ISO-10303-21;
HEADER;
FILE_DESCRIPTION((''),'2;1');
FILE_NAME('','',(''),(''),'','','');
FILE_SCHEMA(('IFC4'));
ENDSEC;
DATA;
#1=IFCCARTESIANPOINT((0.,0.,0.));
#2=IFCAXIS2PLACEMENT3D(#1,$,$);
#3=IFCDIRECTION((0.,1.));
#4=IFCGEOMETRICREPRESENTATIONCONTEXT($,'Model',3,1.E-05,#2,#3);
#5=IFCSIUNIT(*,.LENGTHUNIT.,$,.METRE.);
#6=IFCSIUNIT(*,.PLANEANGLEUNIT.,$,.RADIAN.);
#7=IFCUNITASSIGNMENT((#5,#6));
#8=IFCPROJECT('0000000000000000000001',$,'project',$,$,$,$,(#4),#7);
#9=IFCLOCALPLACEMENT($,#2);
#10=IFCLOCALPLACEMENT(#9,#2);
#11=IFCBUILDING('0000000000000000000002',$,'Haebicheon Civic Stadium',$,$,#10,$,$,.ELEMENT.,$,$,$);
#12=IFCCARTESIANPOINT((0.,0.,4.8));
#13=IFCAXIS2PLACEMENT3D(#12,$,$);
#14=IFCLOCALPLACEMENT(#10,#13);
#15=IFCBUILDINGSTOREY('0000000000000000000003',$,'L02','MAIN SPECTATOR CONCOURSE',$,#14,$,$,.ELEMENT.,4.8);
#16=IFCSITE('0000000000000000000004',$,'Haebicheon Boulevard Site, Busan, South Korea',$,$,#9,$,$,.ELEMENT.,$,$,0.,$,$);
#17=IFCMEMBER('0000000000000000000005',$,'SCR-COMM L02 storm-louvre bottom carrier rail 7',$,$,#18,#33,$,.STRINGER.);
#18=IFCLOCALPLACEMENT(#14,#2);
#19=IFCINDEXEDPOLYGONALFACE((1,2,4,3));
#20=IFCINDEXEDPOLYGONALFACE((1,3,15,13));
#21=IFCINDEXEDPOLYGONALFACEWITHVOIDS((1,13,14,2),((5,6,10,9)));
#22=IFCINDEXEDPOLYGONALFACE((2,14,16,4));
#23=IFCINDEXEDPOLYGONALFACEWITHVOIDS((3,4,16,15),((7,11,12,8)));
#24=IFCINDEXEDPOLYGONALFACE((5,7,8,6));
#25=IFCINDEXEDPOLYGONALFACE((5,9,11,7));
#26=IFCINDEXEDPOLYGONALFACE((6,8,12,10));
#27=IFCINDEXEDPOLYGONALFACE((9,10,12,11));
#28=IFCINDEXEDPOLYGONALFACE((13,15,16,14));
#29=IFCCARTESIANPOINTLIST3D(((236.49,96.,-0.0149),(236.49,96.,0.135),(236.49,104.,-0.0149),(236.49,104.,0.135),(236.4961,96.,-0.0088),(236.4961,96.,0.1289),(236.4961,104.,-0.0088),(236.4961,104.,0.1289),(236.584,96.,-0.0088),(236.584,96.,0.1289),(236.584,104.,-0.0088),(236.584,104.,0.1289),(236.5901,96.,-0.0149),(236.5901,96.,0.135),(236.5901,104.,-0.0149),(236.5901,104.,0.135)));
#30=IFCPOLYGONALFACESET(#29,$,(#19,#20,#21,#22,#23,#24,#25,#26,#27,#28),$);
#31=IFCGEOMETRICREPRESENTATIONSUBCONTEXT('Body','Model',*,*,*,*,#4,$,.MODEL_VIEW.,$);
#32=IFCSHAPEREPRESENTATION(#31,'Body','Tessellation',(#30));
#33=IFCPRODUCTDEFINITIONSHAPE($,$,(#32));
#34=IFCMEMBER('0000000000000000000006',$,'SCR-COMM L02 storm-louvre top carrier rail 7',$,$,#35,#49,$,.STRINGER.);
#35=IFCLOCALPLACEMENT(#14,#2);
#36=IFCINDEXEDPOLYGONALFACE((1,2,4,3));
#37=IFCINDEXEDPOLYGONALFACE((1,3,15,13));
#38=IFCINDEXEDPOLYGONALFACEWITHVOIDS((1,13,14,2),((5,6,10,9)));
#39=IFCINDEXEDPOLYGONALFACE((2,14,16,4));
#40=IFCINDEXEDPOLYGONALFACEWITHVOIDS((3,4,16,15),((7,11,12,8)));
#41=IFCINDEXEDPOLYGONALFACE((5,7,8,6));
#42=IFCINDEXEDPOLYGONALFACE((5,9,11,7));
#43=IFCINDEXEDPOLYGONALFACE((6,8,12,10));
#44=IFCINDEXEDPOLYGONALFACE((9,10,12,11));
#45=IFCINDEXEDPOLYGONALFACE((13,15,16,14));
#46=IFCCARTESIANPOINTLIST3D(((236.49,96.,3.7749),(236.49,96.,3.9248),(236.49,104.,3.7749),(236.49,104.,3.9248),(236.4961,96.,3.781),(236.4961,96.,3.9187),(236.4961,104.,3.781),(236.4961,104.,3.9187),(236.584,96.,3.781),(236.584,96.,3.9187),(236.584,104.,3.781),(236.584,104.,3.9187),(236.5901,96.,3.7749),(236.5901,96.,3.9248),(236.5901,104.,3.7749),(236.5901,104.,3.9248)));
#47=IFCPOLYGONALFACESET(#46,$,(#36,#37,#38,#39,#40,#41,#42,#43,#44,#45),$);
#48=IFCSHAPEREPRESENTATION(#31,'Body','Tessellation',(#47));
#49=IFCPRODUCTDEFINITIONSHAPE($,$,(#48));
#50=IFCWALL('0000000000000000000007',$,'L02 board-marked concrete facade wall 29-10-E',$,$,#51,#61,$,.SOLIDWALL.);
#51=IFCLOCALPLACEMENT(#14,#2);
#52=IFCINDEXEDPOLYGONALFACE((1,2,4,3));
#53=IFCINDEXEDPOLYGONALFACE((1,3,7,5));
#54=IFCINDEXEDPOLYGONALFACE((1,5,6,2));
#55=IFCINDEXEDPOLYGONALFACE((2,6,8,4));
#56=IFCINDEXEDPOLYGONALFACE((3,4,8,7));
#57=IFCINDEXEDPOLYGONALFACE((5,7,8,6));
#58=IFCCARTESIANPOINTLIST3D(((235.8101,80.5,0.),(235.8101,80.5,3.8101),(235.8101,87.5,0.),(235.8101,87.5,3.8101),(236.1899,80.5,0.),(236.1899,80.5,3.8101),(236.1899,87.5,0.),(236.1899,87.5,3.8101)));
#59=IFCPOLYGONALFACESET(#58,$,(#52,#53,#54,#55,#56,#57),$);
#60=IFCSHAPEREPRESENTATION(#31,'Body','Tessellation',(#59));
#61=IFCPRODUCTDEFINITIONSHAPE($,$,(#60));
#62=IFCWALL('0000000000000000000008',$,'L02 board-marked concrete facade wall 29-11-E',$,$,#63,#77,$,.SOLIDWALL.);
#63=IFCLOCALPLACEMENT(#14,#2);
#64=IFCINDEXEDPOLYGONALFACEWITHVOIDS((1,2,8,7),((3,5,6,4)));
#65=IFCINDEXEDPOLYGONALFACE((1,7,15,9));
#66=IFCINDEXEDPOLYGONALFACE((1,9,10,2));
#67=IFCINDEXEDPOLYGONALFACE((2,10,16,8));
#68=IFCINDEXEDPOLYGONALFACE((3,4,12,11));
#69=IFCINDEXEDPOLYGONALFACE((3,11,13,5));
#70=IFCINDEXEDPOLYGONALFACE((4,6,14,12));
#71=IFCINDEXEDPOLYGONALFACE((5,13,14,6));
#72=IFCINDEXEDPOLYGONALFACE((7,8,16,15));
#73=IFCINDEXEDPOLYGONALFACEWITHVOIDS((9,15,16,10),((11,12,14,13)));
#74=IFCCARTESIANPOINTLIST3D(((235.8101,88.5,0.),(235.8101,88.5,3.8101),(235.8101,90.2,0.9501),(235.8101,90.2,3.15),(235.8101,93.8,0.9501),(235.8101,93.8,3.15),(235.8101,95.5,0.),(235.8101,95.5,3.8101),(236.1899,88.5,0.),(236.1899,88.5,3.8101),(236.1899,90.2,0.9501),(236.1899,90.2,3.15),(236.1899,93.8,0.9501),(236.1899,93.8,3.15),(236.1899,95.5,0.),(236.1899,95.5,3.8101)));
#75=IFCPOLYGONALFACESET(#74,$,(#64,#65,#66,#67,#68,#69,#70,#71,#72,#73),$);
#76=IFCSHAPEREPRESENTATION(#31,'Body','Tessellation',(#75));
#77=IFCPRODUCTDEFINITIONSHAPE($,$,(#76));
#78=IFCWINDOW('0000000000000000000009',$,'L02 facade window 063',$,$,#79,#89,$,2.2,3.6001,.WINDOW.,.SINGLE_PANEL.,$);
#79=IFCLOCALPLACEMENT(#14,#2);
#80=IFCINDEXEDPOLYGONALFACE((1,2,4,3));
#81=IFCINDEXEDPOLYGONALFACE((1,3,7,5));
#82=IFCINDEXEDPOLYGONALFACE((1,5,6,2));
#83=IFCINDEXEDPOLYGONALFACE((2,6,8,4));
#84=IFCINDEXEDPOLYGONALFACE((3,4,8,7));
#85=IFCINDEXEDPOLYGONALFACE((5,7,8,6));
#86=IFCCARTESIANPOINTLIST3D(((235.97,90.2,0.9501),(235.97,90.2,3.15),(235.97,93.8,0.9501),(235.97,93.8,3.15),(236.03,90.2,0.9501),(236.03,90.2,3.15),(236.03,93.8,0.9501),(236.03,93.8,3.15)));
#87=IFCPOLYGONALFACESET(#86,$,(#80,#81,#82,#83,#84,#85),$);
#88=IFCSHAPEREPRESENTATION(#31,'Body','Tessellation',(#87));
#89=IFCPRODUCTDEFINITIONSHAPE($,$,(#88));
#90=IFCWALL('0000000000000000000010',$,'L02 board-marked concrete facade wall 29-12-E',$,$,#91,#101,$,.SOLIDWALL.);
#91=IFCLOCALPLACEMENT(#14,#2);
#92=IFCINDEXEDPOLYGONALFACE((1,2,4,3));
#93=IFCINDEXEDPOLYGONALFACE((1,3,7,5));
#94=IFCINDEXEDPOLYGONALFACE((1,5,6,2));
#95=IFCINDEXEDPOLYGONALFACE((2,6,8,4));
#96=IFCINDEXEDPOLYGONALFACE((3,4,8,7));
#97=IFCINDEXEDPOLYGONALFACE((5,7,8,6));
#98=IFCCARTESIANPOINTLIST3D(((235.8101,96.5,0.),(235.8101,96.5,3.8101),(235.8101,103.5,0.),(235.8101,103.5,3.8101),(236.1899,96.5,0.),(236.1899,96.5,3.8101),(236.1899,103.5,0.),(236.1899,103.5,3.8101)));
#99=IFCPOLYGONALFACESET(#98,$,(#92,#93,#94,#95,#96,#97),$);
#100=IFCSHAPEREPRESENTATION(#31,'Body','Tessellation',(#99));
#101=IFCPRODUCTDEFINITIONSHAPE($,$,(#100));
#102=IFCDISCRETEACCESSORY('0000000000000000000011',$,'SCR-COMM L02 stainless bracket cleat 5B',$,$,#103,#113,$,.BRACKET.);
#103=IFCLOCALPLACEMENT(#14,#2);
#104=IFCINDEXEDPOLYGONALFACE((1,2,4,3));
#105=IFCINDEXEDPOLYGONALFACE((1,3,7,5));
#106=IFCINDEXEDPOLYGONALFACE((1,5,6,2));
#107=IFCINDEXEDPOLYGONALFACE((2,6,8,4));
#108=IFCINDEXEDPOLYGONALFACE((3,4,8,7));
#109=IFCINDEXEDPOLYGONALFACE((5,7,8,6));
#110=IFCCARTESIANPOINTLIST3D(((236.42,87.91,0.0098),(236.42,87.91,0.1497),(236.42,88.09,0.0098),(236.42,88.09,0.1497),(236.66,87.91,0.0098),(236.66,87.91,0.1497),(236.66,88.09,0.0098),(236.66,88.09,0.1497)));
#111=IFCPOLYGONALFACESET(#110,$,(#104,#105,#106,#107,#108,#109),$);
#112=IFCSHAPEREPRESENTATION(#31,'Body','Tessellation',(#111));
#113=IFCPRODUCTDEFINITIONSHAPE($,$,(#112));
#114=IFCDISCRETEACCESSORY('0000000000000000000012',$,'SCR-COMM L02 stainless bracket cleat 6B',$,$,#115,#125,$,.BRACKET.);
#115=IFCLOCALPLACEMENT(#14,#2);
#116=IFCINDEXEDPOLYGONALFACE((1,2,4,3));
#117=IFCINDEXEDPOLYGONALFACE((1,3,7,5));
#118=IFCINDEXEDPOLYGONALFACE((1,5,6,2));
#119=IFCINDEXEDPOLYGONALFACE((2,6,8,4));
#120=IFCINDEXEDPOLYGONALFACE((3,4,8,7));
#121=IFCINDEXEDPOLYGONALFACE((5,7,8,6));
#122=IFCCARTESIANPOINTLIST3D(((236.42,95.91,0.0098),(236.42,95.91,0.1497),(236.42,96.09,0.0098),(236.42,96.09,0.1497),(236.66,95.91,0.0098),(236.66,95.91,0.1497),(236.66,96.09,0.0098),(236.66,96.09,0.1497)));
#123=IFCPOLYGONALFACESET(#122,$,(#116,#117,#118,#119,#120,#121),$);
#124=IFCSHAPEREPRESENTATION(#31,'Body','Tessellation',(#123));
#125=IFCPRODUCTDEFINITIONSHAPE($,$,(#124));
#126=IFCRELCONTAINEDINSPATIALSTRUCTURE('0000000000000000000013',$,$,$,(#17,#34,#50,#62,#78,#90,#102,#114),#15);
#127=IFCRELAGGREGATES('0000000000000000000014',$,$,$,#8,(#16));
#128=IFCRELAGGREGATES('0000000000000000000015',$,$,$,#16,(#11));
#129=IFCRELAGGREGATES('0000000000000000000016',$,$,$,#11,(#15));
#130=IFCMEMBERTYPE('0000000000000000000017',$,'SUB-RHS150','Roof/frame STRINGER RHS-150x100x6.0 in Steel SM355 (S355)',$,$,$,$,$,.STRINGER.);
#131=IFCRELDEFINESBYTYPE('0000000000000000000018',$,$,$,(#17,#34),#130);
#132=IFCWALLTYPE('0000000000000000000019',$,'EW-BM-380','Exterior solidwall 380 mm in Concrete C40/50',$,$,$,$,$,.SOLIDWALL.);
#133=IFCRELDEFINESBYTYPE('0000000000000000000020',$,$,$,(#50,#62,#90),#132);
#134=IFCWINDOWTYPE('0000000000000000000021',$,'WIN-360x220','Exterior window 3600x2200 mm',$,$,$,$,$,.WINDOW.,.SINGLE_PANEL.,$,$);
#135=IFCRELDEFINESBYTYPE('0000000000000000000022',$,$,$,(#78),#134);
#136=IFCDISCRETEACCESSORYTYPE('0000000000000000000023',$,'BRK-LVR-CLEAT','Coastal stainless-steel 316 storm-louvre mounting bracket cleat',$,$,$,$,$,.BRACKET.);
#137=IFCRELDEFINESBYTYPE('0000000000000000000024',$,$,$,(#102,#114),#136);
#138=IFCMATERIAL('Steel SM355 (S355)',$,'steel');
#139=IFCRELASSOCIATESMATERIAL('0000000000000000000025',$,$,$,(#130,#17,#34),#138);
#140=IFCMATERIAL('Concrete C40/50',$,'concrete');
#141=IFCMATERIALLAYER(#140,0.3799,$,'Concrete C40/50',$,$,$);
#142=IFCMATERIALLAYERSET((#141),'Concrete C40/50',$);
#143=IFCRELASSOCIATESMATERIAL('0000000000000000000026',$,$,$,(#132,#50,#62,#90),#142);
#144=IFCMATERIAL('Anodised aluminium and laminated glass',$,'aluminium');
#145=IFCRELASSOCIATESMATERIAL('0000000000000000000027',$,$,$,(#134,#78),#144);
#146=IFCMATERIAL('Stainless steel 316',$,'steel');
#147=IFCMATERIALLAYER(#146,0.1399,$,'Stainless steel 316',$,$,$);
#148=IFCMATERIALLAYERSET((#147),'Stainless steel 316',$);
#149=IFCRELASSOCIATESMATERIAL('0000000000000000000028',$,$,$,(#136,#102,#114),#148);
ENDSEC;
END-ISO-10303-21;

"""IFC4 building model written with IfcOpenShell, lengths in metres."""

from ifc_helpers import new_model, si_unit, direction, frame, frame_2d, origin, origin_2d, place, context, subcontext, project, spatial, rectangle, hollow_rectangle, extrude, material, layer, layer_set, material_profile, profile_set, type_object, element, fill, save


model = new_model("IFC4")

# Units and contexts
model_context = context("Model", 3, precision=1e-05, world=origin(), true_north=direction((0.0, 1.0)))
body_context = subcontext(model_context, "Body", "Model", "MODEL_VIEW")
ifc_project = project(units=[si_unit("LENGTHUNIT", "METRE"), si_unit("PLANEANGLEUNIT", "RADIAN")], contexts=[model_context])

# Site, building, storey
site_placement = place(None, origin())
site = spatial("IfcSite", under=ifc_project, at=site_placement, Name="Haebicheon Boulevard Site, Busan, South Korea", CompositionType="ELEMENT", RefElevation=0.0)
building_placement = place(site_placement, origin())
building = spatial("IfcBuilding", under=site, at=building_placement, Name="Haebicheon Civic Stadium", CompositionType="ELEMENT")
storey_placement = place(building_placement, frame((0.0, 0.0, 4.8)))
storey = spatial("IfcBuildingStorey", under=building, at=storey_placement, Name="L02", Description="MAIN SPECTATOR CONCOURSE", CompositionType="ELEMENT", Elevation=4.8)

# Members
ifc_material_1 = material(Name="Steel SM355 (S355)", Category="steel")
ifc_material_profile_1 = material_profile(ifc_material_1, hollow_rectangle(XDim=0.1001, YDim=0.1499, WallThickness=0.0061, at=origin_2d()), Name="RHS-150x100x6.0")
ifc_profile_set_1 = profile_set([ifc_material_profile_1], Name="Steel SM355 (S355)")
member_type_1 = type_object("IfcMemberType", Name="SUB-RHS150", Description="Roof/frame STRINGER RHS-150x100x6.0 in Steel SM355 (S355)", PredefinedType="STRINGER", material=ifc_profile_set_1)
for number, where, z_axis, x_axis, name in (
    (1, (236.54, 96.0, 0.0601), (0.0, 1.0, 0.0), (-1.0, 0.0, 0.0), "SCR-COMM L02 storm-louvre bottom carrier rail 7"),
    (2, (236.54, 96.0, 3.8499), (0.0, 1.0, 0.0), (-1.0, 0.0, 0.0), "SCR-COMM L02 storm-louvre top carrier rail 7"),
):
    element("IfcMember", number, at=place(storey_placement, frame(where, z_axis=z_axis, x_axis=x_axis)), inside=storey, type_object=member_type_1, material=ifc_profile_set_1, Name=name, PredefinedType="STRINGER", context=body_context, shape_type="SweptSolid", body=[
        extrude(hollow_rectangle(XDim=0.1001, YDim=0.1499, WallThickness=0.0061, at=origin_2d()), origin(), (0.0, 0.0, 1.0), 8.0),
    ])

# Wall
ifc_material_2 = material(Name="Concrete C40/50", Category="concrete")
ifc_layer_1 = layer(ifc_material_2, 0.3799, Name="Concrete C40/50")
ifc_layer_set_1 = layer_set([ifc_layer_1], Name="Concrete C40/50")
wall_type = type_object("IfcWallType", Name="EW-BM-380", Description="Exterior solidwall 380 mm in Concrete C40/50", PredefinedType="SOLIDWALL", material=ifc_layer_set_1)
wall_1_placement = place(storey_placement, frame((236.0, 80.5, 0.0), z_axis=(0.0, 0.0, 1.0), x_axis=(0.0, 1.0, 0.0)))
element("IfcWall", 3, at=wall_1_placement, inside=storey, type_object=wall_type, material=ifc_layer_set_1, Name="L02 board-marked concrete facade wall 29-10-E", PredefinedType="SOLIDWALL", context=body_context, shape_type="SweptSolid", body=[
    extrude(rectangle(XDim=7.0, YDim=0.3799, at=frame_2d((3.5, 0.0))), origin(), (0.0, 0.0, 1.0), 3.8101),
])

# Wall, opening, window
wall_2_placement = place(storey_placement, frame((236.0, 88.5, 0.0), z_axis=(0.0, 0.0, 1.0), x_axis=(0.0, 1.0, 0.0)))
wall_2 = element("IfcWall", 4, at=wall_2_placement, inside=storey, type_object=wall_type, material=ifc_layer_set_1, Name="L02 board-marked concrete facade wall 29-11-E", PredefinedType="SOLIDWALL", context=body_context, shape_type="SweptSolid", body=[
    extrude(rectangle(XDim=7.0, YDim=0.3799, at=frame_2d((3.5, 0.0))), origin(), (0.0, 0.0, 1.0), 3.8101),
])
opening_placement = place(wall_2_placement, frame((1.7, 0.0, 0.95)))
opening = element("IfcOpeningElement", 5, at=opening_placement, cuts=wall_2, PredefinedType="OPENING", context=body_context, shape_type="SweptSolid", body=[
    extrude(rectangle(XDim=3.6001, YDim=2.2, at=frame_2d((1.8, 1.1001))), frame((0.0, 0.2, 0.0), z_axis=(0.0, -1.0, 0.0), x_axis=(1.0, 0.0, 0.0)), (0.0, 0.0, 1.0), 0.3999),
])
ifc_material_3 = material(Name="Anodised aluminium and laminated glass", Category="aluminium")
window_type = type_object("IfcWindowType", Name="WIN-360x220", Description="Exterior window 3600x2200 mm", PartitioningType="SINGLE_PANEL", PredefinedType="WINDOW", material=ifc_material_3)
window_placement = place(opening_placement, origin())
window = element("IfcWindow", 6, at=window_placement, inside=storey, type_object=window_type, material=ifc_material_3, Name="L02 facade window 063", OverallHeight=2.2, OverallWidth=3.6001, PartitioningType="SINGLE_PANEL", PredefinedType="WINDOW", context=body_context, shape_type="SweptSolid", body=[
    extrude(rectangle(XDim=3.6001, YDim=2.2, at=frame_2d((1.8, 1.1001))), frame((0.0, 0.03, 0.0), z_axis=(0.0, -1.0, 0.0), x_axis=(1.0, 0.0, 0.0)), (0.0, 0.0, 1.0), 0.0601),
])
fill(opening, window)

# Wall
wall_3_placement = place(storey_placement, frame((236.0, 96.5, 0.0), z_axis=(0.0, 0.0, 1.0), x_axis=(0.0, 1.0, 0.0)))
element("IfcWall", 7, at=wall_3_placement, inside=storey, type_object=wall_type, material=ifc_layer_set_1, Name="L02 board-marked concrete facade wall 29-12-E", PredefinedType="SOLIDWALL", context=body_context, shape_type="SweptSolid", body=[
    extrude(rectangle(XDim=7.0, YDim=0.3799, at=frame_2d((3.5, 0.0))), origin(), (0.0, 0.0, 1.0), 3.8101),
])

# Discrete accessories
ifc_material_4 = material(Name="Stainless steel 316", Category="steel")
ifc_layer_2 = layer(ifc_material_4, 0.1399, Name="Stainless steel 316")
ifc_layer_set_2 = layer_set([ifc_layer_2], Name="Stainless steel 316")
discrete_accessory_type = type_object("IfcDiscreteAccessoryType", Name="BRK-LVR-CLEAT", Description="Coastal stainless-steel 316 storm-louvre mounting bracket cleat", PredefinedType="BRACKET", material=ifc_layer_set_2)
for number, where, z_axis, x_axis, name in (
    (8, (236.54, 88.0, 0.0098), (0.0, 0.0, 1.0), (1.0, 0.0, 0.0), "SCR-COMM L02 stainless bracket cleat 5B"),
    (9, (236.54, 96.0, 0.0098), (0.0, 0.0, 1.0), (1.0, 0.0, 0.0), "SCR-COMM L02 stainless bracket cleat 6B"),
):
    element("IfcDiscreteAccessory", number, at=place(storey_placement, frame(where, z_axis=z_axis, x_axis=x_axis)), inside=storey, type_object=discrete_accessory_type, material=ifc_layer_set_2, Name=name, PredefinedType="BRACKET", context=body_context, shape_type="SweptSolid", body=[
        extrude(rectangle(XDim=0.24, YDim=0.1799, at=origin_2d()), origin(), (0.0, 0.0, 1.0), 0.1399),
    ])

save(model, "model.ifc")
